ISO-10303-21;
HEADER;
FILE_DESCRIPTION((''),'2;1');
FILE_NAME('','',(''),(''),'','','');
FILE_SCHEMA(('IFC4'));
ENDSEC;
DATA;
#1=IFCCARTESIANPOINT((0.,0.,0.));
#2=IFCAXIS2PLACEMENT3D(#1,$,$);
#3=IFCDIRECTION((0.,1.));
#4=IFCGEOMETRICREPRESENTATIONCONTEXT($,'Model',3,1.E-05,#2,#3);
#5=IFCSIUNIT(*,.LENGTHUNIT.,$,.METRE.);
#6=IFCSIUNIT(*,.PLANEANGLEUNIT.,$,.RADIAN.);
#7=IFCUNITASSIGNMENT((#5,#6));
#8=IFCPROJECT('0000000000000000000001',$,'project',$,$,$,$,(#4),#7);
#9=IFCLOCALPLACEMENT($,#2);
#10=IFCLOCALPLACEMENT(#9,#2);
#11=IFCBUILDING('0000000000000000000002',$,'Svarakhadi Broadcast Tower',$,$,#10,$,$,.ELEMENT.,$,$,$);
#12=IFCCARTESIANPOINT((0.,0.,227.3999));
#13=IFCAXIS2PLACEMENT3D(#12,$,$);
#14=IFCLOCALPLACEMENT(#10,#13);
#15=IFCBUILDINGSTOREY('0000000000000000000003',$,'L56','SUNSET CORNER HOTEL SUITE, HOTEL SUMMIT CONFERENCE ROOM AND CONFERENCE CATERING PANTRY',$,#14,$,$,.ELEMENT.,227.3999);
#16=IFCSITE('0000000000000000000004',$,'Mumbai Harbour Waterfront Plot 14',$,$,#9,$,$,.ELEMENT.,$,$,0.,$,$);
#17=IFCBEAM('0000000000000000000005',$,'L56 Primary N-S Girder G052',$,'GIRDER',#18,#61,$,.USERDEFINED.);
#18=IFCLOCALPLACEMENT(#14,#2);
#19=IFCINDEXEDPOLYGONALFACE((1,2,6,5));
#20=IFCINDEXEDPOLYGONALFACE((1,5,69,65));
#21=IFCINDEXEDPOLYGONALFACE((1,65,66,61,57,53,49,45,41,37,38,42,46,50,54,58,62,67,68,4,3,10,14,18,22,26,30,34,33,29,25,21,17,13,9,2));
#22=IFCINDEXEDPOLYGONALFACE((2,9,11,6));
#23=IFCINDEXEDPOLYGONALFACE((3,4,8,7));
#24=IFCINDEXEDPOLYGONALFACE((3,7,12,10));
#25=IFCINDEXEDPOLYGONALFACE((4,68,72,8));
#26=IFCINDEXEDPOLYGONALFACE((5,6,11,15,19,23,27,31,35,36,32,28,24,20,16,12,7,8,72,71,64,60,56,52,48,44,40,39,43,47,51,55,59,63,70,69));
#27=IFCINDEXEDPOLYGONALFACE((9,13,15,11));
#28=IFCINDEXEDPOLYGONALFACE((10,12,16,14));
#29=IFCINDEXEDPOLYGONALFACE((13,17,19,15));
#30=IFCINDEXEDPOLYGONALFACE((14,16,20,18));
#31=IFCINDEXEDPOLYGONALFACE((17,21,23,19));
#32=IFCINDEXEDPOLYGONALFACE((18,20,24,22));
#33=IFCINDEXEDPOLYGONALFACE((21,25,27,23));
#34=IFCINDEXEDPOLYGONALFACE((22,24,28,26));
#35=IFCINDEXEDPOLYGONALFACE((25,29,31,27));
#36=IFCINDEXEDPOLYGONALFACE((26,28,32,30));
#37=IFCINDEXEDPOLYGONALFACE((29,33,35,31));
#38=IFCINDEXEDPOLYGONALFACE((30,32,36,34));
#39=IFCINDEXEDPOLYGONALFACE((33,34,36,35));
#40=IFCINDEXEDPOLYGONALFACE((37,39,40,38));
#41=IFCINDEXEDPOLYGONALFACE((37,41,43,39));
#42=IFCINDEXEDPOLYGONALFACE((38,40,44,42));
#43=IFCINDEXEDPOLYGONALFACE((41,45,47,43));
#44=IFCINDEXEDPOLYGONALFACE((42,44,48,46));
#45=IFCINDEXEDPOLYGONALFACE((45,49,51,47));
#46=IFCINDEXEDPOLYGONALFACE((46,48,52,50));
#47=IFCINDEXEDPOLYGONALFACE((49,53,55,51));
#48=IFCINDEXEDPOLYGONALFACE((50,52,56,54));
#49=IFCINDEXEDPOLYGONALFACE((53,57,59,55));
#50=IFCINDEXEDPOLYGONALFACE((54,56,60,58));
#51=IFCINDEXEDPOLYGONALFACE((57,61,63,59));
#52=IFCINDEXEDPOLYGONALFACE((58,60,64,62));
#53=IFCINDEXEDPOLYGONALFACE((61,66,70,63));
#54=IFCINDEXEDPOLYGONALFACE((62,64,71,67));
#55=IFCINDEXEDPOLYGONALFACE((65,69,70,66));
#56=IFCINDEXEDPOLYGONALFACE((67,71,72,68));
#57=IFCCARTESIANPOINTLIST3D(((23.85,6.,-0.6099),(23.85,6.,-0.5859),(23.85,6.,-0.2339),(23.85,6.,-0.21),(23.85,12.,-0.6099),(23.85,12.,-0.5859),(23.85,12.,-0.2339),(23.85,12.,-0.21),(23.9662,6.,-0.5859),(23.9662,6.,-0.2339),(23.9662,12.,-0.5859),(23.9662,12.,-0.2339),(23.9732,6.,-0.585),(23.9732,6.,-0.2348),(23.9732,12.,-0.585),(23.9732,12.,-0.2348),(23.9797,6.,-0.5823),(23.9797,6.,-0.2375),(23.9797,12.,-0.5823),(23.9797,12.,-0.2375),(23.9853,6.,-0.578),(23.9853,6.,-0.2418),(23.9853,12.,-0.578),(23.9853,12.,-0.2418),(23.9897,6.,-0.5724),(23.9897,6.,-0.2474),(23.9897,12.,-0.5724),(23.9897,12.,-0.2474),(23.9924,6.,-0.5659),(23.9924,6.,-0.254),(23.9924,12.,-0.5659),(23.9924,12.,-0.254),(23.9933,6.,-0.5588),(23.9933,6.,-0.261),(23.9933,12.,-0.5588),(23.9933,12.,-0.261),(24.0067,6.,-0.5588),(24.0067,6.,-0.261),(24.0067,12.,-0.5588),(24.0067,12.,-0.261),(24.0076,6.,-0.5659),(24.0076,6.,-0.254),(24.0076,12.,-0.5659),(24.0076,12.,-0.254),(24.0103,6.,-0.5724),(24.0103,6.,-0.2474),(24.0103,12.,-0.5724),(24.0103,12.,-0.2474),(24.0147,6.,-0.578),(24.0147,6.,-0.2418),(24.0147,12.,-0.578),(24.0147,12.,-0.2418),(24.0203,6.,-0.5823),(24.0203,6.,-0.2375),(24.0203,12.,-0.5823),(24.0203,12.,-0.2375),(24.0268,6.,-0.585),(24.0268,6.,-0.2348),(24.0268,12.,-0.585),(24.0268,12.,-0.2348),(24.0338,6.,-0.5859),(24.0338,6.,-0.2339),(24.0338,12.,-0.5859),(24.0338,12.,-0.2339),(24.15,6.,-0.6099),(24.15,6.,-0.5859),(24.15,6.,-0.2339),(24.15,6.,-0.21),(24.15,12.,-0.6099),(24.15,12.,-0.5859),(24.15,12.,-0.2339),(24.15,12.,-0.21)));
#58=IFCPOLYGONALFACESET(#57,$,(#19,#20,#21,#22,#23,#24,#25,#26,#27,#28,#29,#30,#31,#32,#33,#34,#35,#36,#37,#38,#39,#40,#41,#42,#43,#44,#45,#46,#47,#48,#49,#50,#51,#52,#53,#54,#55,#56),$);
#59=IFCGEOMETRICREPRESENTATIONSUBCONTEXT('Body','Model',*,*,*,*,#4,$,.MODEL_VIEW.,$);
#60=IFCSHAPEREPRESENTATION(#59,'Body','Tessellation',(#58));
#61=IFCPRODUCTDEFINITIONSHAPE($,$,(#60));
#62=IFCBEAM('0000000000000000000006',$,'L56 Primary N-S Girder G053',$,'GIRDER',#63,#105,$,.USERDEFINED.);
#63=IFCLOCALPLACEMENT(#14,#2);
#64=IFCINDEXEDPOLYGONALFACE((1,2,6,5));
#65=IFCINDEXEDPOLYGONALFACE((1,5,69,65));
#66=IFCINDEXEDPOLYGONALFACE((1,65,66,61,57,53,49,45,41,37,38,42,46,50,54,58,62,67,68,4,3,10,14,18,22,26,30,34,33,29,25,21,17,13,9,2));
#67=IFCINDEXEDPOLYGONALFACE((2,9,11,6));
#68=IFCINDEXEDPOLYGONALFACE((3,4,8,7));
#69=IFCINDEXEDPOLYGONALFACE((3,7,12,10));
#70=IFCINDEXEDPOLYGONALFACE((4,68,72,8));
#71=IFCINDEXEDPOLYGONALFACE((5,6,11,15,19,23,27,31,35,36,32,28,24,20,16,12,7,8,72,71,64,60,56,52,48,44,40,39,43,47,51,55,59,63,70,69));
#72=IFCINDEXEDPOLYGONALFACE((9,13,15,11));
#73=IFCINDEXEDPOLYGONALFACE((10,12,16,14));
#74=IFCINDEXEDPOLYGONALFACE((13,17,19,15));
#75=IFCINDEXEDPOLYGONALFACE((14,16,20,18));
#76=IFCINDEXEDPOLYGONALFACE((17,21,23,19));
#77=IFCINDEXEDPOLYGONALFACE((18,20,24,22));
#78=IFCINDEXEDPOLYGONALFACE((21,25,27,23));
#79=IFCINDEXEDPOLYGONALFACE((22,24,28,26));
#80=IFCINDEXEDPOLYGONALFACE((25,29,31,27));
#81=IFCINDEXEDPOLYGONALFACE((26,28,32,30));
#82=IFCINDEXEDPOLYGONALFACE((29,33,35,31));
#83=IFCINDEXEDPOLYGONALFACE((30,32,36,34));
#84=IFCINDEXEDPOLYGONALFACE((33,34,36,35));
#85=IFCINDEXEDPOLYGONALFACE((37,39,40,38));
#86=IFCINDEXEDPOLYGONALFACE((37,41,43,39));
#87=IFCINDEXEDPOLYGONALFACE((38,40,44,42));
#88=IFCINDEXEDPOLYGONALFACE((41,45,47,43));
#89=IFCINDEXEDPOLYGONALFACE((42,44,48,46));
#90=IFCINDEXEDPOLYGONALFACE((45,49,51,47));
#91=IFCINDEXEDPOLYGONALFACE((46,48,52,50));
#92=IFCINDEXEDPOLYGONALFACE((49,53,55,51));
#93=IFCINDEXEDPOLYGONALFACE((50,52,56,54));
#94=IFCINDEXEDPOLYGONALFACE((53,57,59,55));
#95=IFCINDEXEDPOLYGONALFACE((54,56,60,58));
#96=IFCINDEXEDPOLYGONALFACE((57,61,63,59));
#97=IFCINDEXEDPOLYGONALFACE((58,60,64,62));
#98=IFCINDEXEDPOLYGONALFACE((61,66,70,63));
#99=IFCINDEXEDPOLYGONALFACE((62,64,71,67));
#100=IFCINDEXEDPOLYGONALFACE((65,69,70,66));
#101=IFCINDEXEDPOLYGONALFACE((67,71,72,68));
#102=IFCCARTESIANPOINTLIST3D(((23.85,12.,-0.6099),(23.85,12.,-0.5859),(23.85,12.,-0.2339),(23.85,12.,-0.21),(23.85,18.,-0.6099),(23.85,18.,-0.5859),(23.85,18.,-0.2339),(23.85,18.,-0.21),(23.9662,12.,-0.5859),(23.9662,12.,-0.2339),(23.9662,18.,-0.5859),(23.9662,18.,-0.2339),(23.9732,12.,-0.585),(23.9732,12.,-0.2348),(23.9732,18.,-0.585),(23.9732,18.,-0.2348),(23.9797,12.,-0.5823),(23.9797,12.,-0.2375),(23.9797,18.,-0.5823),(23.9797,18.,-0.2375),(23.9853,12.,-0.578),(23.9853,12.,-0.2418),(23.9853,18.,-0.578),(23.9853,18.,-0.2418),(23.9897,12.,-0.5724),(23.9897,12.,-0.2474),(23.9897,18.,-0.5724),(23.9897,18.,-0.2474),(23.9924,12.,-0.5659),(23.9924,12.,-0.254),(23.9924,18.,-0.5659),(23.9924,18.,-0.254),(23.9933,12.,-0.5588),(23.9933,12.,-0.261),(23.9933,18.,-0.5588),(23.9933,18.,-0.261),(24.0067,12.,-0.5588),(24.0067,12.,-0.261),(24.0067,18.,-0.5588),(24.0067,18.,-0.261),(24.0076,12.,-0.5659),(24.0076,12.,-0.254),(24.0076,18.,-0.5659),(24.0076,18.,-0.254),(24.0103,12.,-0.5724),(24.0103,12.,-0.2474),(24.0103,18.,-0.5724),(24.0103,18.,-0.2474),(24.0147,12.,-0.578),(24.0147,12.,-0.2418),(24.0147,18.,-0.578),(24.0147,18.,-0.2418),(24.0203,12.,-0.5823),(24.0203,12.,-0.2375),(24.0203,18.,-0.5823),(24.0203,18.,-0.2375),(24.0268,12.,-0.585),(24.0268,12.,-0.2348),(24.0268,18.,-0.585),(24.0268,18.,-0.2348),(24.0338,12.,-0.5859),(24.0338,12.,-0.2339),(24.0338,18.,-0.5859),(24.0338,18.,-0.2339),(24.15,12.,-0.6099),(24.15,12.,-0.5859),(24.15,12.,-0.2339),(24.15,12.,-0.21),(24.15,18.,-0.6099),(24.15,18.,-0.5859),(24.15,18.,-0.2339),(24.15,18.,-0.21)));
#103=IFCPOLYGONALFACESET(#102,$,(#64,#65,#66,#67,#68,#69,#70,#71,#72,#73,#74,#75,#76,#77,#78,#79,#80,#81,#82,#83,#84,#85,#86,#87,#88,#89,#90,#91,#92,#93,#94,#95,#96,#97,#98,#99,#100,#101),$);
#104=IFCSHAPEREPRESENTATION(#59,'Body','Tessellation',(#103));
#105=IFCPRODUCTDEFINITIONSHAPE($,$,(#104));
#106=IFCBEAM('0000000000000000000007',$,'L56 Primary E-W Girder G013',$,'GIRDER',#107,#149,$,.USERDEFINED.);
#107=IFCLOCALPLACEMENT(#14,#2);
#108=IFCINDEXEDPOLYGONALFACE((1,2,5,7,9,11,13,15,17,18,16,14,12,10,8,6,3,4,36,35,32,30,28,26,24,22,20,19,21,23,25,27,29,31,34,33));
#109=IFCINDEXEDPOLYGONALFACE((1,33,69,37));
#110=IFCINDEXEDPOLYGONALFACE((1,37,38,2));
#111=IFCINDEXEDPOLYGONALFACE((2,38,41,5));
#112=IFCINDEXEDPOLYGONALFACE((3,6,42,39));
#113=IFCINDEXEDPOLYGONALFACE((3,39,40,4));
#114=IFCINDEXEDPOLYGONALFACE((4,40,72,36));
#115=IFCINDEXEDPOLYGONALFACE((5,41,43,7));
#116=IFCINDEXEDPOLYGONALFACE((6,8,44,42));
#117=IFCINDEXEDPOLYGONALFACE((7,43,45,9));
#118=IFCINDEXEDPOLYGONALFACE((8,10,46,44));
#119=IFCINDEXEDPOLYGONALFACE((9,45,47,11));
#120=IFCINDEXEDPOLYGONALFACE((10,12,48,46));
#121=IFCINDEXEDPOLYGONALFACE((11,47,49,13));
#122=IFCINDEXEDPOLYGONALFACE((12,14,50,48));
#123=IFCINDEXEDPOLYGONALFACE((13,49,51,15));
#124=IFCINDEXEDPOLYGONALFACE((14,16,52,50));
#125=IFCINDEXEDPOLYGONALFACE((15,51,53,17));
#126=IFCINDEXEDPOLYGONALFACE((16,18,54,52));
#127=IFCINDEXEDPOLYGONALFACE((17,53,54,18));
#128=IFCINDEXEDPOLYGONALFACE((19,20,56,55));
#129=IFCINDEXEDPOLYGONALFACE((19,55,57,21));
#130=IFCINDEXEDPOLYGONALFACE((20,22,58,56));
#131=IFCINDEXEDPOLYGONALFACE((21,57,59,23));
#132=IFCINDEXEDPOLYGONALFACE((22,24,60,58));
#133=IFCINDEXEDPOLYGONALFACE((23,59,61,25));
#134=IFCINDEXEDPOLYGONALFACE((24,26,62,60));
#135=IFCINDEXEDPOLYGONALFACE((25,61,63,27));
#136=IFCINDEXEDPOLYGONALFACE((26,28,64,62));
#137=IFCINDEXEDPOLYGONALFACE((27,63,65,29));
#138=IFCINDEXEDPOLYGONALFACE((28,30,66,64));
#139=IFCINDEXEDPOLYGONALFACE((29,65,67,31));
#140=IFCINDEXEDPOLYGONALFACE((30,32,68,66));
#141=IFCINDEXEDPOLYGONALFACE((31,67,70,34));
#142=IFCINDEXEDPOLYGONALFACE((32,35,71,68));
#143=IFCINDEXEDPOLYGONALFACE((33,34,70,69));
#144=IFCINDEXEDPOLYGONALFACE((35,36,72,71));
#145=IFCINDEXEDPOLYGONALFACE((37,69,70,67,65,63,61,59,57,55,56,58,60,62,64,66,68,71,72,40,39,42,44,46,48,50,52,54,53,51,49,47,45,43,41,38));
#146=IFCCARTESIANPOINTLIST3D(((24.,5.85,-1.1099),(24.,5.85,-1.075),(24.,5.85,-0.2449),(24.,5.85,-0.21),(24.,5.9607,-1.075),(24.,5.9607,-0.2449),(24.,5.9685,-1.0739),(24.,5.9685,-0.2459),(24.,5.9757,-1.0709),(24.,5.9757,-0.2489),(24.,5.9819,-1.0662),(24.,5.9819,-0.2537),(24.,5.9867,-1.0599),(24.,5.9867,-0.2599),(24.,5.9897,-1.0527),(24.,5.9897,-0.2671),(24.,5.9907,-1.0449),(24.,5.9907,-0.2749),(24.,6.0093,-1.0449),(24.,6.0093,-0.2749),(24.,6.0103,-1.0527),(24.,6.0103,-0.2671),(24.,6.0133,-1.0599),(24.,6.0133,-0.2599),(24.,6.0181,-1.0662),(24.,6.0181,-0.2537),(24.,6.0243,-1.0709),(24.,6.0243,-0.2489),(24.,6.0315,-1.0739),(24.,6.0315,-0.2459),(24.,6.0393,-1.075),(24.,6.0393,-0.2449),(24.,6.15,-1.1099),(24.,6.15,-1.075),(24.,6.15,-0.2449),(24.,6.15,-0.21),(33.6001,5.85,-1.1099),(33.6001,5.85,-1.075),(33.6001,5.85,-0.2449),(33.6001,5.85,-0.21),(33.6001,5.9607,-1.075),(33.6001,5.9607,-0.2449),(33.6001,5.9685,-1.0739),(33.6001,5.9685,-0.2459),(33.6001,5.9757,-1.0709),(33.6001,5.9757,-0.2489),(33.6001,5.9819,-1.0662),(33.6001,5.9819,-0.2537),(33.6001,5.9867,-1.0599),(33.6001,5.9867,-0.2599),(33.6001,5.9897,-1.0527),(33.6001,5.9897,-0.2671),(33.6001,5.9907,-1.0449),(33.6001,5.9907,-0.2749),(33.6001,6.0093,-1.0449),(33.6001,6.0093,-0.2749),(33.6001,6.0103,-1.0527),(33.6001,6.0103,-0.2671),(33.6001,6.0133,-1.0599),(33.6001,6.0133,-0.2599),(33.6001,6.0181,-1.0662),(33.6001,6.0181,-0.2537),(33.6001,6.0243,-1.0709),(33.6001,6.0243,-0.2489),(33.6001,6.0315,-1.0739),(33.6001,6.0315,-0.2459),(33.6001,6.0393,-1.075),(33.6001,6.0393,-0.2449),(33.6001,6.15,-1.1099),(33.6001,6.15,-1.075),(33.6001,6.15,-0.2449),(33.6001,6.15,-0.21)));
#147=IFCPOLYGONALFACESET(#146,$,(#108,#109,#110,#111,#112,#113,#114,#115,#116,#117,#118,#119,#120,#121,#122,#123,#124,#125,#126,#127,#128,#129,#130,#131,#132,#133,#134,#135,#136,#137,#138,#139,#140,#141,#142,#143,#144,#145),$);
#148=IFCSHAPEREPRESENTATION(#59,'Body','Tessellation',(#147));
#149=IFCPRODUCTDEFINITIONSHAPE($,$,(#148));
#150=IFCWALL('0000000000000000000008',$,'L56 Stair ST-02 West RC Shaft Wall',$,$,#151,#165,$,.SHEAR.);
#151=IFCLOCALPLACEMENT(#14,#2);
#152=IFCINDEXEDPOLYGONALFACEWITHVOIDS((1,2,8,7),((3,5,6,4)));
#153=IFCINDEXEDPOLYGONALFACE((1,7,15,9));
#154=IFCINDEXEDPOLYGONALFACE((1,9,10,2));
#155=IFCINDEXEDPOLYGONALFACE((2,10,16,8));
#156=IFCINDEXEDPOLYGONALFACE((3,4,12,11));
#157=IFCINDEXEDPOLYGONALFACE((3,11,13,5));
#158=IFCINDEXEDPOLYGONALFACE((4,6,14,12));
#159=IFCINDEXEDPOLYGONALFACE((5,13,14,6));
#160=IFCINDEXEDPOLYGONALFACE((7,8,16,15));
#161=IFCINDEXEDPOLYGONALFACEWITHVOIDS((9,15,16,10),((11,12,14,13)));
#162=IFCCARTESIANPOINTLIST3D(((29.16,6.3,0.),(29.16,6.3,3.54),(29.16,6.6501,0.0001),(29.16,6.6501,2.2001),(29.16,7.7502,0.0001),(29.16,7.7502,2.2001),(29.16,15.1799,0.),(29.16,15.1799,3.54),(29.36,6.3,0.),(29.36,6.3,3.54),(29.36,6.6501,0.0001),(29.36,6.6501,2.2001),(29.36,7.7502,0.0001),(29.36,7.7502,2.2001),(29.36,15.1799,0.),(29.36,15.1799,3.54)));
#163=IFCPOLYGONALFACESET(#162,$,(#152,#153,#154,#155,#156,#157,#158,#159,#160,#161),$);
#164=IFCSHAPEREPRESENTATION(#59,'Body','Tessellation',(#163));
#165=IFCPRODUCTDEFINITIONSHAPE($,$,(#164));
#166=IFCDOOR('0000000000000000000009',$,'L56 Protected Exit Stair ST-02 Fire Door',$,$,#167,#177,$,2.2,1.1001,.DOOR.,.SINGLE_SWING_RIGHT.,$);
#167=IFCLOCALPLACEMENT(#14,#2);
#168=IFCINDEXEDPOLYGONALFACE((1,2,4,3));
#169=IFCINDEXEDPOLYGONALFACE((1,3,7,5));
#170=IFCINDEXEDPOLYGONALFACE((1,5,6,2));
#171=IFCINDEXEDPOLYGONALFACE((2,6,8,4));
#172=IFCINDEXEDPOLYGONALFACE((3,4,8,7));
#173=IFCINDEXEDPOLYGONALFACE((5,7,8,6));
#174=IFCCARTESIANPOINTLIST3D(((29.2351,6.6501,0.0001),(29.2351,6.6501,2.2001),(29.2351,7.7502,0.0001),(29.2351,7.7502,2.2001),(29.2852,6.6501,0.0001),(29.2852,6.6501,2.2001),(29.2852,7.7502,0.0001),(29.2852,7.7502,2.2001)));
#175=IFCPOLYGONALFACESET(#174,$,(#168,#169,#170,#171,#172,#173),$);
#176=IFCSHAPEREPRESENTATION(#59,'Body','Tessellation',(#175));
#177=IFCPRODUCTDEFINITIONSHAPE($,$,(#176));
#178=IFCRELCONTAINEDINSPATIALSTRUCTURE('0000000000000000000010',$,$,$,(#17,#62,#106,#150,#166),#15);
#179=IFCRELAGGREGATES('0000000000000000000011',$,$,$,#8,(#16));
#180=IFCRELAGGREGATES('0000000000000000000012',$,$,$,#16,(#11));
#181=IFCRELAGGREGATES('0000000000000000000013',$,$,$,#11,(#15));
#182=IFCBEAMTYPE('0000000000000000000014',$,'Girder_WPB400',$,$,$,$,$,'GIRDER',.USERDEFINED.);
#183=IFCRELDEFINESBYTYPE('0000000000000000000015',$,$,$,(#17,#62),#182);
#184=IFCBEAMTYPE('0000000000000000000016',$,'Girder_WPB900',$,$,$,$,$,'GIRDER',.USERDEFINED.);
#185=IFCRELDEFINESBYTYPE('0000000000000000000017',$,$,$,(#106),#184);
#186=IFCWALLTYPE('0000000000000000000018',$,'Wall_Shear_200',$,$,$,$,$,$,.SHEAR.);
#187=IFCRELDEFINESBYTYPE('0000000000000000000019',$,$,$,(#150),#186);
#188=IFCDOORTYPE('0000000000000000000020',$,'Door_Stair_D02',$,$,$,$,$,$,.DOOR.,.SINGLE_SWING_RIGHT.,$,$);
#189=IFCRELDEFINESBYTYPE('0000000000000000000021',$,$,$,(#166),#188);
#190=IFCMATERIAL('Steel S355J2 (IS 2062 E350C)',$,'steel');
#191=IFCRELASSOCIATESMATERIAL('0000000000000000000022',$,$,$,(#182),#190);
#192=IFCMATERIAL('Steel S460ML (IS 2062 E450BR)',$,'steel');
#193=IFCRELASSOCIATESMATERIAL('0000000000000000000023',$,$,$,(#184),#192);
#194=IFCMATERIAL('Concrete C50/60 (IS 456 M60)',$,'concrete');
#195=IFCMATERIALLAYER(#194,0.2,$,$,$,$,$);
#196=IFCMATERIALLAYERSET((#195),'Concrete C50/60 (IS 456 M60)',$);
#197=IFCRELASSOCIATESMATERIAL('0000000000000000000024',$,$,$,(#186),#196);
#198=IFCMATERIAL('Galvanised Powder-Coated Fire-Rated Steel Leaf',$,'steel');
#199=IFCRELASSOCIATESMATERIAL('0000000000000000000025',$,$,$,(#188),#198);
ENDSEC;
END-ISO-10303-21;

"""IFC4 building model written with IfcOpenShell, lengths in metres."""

from ifc_helpers import new_model, si_unit, direction, frame, frame_2d, origin, origin_2d, place, context, subcontext, project, spatial, rectangle, i_section, extrude, material, layer, layer_set, material_profile, profile_set, type_object, element, fill, save


model = new_model("IFC4")

# Units and contexts
model_context = context("Model", 3, precision=1e-05, world=origin(), true_north=direction((0.0, 1.0)))
body_context = subcontext(model_context, "Body", "Model", "MODEL_VIEW")
ifc_project = project(units=[si_unit("LENGTHUNIT", "METRE"), si_unit("PLANEANGLEUNIT", "RADIAN")], contexts=[model_context])

# Site, building, storey
site_placement = place(None, origin())
site = spatial("IfcSite", under=ifc_project, at=site_placement, Name="Mumbai Harbour Waterfront Plot 14", CompositionType="ELEMENT", RefElevation=0.0)
building_placement = place(site_placement, origin())
building = spatial("IfcBuilding", under=site, at=building_placement, Name="Svarakhadi Broadcast Tower", CompositionType="ELEMENT")
storey_placement = place(building_placement, frame((0.0, 0.0, 227.3999)))
storey = spatial("IfcBuildingStorey", under=building, at=storey_placement, Name="L56", Description="SUNSET CORNER HOTEL SUITE, HOTEL SUMMIT CONFERENCE ROOM AND CONFERENCE CATERING PANTRY", CompositionType="ELEMENT", Elevation=227.3999)

# Shared definitions
ifc_material_1 = material(Name="Concrete C50/60 (IS 456 M60)", Category="concrete")
ifc_material_2 = material(Name="Steel S460ML (IS 2062 E450BR)", Category="steel")

# Beams
ifc_material_3 = material(Name="Steel S355J2 (IS 2062 E350C)", Category="steel")
ifc_material_profile_1 = material_profile(ifc_material_3, i_section(OverallWidth=0.3, OverallDepth=0.3999, WebThickness=0.0134, FlangeThickness=0.0239, FilletRadius=0.0271, at=origin_2d()), Name="WPB 400x300x155")
ifc_profile_set_1 = profile_set([ifc_material_profile_1], Name="Steel S355J2 (IS 2062 E350C)")
beam_type_1 = type_object("IfcBeamType", Name="Girder_WPB400", ElementType="GIRDER", PredefinedType="USERDEFINED", material=ifc_profile_set_1)
for number, where, z_axis, x_axis, name in (
    (1, (24.0, 6.0, -0.4099), (0.0, 1.0, 0.0), (-1.0, 0.0, 0.0), "L56 Primary N-S Girder G052"),
    (2, (24.0, 12.0, -0.4099), (0.0, 1.0, 0.0), (-1.0, 0.0, 0.0), "L56 Primary N-S Girder G053"),
):
    element("IfcBeam", number, at=place(storey_placement, frame(where, z_axis=z_axis, x_axis=x_axis)), inside=storey, type_object=beam_type_1, Name=name, ObjectType="GIRDER", PredefinedType="USERDEFINED", context=body_context, shape_type="SweptSolid", body=[
        extrude(i_section(OverallWidth=0.3, OverallDepth=0.3999, WebThickness=0.0134, FlangeThickness=0.0239, FilletRadius=0.0271, at=origin_2d()), origin(), (0.0, 0.0, 1.0), 6.0),
    ])
ifc_material_profile_2 = material_profile(ifc_material_2, i_section(OverallWidth=0.3, OverallDepth=0.8999, WebThickness=0.0186, FlangeThickness=0.0349, FilletRadius=0.03, at=origin_2d()), Name="WPB 900x300x291")
ifc_profile_set_2 = profile_set([ifc_material_profile_2], Name="Steel S460ML (IS 2062 E450BR)")
beam_type_2 = type_object("IfcBeamType", Name="Girder_WPB900", ElementType="GIRDER", PredefinedType="USERDEFINED", material=ifc_profile_set_2)
beam_1_placement = place(storey_placement, frame((24.0, 6.0, -0.6599), z_axis=(1.0, 0.0, 0.0), x_axis=(0.0, 1.0, 0.0)))
element("IfcBeam", 3, at=beam_1_placement, inside=storey, type_object=beam_type_2, Name="L56 Primary E-W Girder G013", ObjectType="GIRDER", PredefinedType="USERDEFINED", context=body_context, shape_type="SweptSolid", body=[
    extrude(i_section(OverallWidth=0.3, OverallDepth=0.8999, WebThickness=0.0186, FlangeThickness=0.0349, FilletRadius=0.03, at=origin_2d()), origin(), (0.0, 0.0, 1.0), 9.6001),
])

# Wall, opening, door
ifc_layer_1 = layer(ifc_material_1, 0.2)
ifc_layer_set_1 = layer_set([ifc_layer_1], Name="Concrete C50/60 (IS 456 M60)")
wall_type_1 = type_object("IfcWallType", Name="Wall_Shear_200", PredefinedType="SHEAR", material=ifc_layer_set_1)
wall_1_placement = place(storey_placement, frame((29.26, 6.3, 0.0), z_axis=(0.0, 0.0, 1.0), x_axis=(0.0, 1.0, 0.0)))
wall_1 = element("IfcWall", 4, at=wall_1_placement, inside=storey, type_object=wall_type_1, Name="L56 Stair ST-02 West RC Shaft Wall", PredefinedType="SHEAR", context=body_context, shape_type="SweptSolid", body=[
    extrude(rectangle(XDim=8.8799, YDim=0.2, at=frame_2d((4.4399, 0.0))), origin(), (0.0, 0.0, 1.0), 3.54),
])
opening_1_placement = place(wall_1_placement, frame((0.3501, 0.0, 0.0)))
opening_1 = element("IfcOpeningElement", 5, at=opening_1_placement, cuts=wall_1, PredefinedType="OPENING", context=body_context, shape_type="SweptSolid", body=[
    extrude(rectangle(XDim=1.1001, YDim=2.2, at=frame_2d((0.55, 1.1001))), frame((0.0, 0.1099, 0.0), z_axis=(0.0, -1.0, 0.0), x_axis=(1.0, 0.0, 0.0)), (0.0, 0.0, 1.0), 0.22),
])
ifc_material_4 = material(Name="Galvanised Powder-Coated Fire-Rated Steel Leaf", Category="steel")
door_type_1 = type_object("IfcDoorType", Name="Door_Stair_D02", OperationType="SINGLE_SWING_RIGHT", PredefinedType="DOOR", material=ifc_material_4)
door_1_placement = place(opening_1_placement, origin())
door_1 = element("IfcDoor", 6, at=door_1_placement, inside=storey, type_object=door_type_1, Name="L56 Protected Exit Stair ST-02 Fire Door", OperationType="SINGLE_SWING_RIGHT", OverallHeight=2.2, OverallWidth=1.1001, PredefinedType="DOOR", context=body_context, shape_type="SweptSolid", body=[
    extrude(rectangle(XDim=1.1001, YDim=2.2, at=frame_2d((0.55, 1.1001))), frame((0.0, 0.0249, 0.0), z_axis=(0.0, -1.0, 0.0), x_axis=(1.0, 0.0, 0.0)), (0.0, 0.0, 1.0), 0.05),
])
fill(opening_1, door_1)

save(model, "model.ifc")
